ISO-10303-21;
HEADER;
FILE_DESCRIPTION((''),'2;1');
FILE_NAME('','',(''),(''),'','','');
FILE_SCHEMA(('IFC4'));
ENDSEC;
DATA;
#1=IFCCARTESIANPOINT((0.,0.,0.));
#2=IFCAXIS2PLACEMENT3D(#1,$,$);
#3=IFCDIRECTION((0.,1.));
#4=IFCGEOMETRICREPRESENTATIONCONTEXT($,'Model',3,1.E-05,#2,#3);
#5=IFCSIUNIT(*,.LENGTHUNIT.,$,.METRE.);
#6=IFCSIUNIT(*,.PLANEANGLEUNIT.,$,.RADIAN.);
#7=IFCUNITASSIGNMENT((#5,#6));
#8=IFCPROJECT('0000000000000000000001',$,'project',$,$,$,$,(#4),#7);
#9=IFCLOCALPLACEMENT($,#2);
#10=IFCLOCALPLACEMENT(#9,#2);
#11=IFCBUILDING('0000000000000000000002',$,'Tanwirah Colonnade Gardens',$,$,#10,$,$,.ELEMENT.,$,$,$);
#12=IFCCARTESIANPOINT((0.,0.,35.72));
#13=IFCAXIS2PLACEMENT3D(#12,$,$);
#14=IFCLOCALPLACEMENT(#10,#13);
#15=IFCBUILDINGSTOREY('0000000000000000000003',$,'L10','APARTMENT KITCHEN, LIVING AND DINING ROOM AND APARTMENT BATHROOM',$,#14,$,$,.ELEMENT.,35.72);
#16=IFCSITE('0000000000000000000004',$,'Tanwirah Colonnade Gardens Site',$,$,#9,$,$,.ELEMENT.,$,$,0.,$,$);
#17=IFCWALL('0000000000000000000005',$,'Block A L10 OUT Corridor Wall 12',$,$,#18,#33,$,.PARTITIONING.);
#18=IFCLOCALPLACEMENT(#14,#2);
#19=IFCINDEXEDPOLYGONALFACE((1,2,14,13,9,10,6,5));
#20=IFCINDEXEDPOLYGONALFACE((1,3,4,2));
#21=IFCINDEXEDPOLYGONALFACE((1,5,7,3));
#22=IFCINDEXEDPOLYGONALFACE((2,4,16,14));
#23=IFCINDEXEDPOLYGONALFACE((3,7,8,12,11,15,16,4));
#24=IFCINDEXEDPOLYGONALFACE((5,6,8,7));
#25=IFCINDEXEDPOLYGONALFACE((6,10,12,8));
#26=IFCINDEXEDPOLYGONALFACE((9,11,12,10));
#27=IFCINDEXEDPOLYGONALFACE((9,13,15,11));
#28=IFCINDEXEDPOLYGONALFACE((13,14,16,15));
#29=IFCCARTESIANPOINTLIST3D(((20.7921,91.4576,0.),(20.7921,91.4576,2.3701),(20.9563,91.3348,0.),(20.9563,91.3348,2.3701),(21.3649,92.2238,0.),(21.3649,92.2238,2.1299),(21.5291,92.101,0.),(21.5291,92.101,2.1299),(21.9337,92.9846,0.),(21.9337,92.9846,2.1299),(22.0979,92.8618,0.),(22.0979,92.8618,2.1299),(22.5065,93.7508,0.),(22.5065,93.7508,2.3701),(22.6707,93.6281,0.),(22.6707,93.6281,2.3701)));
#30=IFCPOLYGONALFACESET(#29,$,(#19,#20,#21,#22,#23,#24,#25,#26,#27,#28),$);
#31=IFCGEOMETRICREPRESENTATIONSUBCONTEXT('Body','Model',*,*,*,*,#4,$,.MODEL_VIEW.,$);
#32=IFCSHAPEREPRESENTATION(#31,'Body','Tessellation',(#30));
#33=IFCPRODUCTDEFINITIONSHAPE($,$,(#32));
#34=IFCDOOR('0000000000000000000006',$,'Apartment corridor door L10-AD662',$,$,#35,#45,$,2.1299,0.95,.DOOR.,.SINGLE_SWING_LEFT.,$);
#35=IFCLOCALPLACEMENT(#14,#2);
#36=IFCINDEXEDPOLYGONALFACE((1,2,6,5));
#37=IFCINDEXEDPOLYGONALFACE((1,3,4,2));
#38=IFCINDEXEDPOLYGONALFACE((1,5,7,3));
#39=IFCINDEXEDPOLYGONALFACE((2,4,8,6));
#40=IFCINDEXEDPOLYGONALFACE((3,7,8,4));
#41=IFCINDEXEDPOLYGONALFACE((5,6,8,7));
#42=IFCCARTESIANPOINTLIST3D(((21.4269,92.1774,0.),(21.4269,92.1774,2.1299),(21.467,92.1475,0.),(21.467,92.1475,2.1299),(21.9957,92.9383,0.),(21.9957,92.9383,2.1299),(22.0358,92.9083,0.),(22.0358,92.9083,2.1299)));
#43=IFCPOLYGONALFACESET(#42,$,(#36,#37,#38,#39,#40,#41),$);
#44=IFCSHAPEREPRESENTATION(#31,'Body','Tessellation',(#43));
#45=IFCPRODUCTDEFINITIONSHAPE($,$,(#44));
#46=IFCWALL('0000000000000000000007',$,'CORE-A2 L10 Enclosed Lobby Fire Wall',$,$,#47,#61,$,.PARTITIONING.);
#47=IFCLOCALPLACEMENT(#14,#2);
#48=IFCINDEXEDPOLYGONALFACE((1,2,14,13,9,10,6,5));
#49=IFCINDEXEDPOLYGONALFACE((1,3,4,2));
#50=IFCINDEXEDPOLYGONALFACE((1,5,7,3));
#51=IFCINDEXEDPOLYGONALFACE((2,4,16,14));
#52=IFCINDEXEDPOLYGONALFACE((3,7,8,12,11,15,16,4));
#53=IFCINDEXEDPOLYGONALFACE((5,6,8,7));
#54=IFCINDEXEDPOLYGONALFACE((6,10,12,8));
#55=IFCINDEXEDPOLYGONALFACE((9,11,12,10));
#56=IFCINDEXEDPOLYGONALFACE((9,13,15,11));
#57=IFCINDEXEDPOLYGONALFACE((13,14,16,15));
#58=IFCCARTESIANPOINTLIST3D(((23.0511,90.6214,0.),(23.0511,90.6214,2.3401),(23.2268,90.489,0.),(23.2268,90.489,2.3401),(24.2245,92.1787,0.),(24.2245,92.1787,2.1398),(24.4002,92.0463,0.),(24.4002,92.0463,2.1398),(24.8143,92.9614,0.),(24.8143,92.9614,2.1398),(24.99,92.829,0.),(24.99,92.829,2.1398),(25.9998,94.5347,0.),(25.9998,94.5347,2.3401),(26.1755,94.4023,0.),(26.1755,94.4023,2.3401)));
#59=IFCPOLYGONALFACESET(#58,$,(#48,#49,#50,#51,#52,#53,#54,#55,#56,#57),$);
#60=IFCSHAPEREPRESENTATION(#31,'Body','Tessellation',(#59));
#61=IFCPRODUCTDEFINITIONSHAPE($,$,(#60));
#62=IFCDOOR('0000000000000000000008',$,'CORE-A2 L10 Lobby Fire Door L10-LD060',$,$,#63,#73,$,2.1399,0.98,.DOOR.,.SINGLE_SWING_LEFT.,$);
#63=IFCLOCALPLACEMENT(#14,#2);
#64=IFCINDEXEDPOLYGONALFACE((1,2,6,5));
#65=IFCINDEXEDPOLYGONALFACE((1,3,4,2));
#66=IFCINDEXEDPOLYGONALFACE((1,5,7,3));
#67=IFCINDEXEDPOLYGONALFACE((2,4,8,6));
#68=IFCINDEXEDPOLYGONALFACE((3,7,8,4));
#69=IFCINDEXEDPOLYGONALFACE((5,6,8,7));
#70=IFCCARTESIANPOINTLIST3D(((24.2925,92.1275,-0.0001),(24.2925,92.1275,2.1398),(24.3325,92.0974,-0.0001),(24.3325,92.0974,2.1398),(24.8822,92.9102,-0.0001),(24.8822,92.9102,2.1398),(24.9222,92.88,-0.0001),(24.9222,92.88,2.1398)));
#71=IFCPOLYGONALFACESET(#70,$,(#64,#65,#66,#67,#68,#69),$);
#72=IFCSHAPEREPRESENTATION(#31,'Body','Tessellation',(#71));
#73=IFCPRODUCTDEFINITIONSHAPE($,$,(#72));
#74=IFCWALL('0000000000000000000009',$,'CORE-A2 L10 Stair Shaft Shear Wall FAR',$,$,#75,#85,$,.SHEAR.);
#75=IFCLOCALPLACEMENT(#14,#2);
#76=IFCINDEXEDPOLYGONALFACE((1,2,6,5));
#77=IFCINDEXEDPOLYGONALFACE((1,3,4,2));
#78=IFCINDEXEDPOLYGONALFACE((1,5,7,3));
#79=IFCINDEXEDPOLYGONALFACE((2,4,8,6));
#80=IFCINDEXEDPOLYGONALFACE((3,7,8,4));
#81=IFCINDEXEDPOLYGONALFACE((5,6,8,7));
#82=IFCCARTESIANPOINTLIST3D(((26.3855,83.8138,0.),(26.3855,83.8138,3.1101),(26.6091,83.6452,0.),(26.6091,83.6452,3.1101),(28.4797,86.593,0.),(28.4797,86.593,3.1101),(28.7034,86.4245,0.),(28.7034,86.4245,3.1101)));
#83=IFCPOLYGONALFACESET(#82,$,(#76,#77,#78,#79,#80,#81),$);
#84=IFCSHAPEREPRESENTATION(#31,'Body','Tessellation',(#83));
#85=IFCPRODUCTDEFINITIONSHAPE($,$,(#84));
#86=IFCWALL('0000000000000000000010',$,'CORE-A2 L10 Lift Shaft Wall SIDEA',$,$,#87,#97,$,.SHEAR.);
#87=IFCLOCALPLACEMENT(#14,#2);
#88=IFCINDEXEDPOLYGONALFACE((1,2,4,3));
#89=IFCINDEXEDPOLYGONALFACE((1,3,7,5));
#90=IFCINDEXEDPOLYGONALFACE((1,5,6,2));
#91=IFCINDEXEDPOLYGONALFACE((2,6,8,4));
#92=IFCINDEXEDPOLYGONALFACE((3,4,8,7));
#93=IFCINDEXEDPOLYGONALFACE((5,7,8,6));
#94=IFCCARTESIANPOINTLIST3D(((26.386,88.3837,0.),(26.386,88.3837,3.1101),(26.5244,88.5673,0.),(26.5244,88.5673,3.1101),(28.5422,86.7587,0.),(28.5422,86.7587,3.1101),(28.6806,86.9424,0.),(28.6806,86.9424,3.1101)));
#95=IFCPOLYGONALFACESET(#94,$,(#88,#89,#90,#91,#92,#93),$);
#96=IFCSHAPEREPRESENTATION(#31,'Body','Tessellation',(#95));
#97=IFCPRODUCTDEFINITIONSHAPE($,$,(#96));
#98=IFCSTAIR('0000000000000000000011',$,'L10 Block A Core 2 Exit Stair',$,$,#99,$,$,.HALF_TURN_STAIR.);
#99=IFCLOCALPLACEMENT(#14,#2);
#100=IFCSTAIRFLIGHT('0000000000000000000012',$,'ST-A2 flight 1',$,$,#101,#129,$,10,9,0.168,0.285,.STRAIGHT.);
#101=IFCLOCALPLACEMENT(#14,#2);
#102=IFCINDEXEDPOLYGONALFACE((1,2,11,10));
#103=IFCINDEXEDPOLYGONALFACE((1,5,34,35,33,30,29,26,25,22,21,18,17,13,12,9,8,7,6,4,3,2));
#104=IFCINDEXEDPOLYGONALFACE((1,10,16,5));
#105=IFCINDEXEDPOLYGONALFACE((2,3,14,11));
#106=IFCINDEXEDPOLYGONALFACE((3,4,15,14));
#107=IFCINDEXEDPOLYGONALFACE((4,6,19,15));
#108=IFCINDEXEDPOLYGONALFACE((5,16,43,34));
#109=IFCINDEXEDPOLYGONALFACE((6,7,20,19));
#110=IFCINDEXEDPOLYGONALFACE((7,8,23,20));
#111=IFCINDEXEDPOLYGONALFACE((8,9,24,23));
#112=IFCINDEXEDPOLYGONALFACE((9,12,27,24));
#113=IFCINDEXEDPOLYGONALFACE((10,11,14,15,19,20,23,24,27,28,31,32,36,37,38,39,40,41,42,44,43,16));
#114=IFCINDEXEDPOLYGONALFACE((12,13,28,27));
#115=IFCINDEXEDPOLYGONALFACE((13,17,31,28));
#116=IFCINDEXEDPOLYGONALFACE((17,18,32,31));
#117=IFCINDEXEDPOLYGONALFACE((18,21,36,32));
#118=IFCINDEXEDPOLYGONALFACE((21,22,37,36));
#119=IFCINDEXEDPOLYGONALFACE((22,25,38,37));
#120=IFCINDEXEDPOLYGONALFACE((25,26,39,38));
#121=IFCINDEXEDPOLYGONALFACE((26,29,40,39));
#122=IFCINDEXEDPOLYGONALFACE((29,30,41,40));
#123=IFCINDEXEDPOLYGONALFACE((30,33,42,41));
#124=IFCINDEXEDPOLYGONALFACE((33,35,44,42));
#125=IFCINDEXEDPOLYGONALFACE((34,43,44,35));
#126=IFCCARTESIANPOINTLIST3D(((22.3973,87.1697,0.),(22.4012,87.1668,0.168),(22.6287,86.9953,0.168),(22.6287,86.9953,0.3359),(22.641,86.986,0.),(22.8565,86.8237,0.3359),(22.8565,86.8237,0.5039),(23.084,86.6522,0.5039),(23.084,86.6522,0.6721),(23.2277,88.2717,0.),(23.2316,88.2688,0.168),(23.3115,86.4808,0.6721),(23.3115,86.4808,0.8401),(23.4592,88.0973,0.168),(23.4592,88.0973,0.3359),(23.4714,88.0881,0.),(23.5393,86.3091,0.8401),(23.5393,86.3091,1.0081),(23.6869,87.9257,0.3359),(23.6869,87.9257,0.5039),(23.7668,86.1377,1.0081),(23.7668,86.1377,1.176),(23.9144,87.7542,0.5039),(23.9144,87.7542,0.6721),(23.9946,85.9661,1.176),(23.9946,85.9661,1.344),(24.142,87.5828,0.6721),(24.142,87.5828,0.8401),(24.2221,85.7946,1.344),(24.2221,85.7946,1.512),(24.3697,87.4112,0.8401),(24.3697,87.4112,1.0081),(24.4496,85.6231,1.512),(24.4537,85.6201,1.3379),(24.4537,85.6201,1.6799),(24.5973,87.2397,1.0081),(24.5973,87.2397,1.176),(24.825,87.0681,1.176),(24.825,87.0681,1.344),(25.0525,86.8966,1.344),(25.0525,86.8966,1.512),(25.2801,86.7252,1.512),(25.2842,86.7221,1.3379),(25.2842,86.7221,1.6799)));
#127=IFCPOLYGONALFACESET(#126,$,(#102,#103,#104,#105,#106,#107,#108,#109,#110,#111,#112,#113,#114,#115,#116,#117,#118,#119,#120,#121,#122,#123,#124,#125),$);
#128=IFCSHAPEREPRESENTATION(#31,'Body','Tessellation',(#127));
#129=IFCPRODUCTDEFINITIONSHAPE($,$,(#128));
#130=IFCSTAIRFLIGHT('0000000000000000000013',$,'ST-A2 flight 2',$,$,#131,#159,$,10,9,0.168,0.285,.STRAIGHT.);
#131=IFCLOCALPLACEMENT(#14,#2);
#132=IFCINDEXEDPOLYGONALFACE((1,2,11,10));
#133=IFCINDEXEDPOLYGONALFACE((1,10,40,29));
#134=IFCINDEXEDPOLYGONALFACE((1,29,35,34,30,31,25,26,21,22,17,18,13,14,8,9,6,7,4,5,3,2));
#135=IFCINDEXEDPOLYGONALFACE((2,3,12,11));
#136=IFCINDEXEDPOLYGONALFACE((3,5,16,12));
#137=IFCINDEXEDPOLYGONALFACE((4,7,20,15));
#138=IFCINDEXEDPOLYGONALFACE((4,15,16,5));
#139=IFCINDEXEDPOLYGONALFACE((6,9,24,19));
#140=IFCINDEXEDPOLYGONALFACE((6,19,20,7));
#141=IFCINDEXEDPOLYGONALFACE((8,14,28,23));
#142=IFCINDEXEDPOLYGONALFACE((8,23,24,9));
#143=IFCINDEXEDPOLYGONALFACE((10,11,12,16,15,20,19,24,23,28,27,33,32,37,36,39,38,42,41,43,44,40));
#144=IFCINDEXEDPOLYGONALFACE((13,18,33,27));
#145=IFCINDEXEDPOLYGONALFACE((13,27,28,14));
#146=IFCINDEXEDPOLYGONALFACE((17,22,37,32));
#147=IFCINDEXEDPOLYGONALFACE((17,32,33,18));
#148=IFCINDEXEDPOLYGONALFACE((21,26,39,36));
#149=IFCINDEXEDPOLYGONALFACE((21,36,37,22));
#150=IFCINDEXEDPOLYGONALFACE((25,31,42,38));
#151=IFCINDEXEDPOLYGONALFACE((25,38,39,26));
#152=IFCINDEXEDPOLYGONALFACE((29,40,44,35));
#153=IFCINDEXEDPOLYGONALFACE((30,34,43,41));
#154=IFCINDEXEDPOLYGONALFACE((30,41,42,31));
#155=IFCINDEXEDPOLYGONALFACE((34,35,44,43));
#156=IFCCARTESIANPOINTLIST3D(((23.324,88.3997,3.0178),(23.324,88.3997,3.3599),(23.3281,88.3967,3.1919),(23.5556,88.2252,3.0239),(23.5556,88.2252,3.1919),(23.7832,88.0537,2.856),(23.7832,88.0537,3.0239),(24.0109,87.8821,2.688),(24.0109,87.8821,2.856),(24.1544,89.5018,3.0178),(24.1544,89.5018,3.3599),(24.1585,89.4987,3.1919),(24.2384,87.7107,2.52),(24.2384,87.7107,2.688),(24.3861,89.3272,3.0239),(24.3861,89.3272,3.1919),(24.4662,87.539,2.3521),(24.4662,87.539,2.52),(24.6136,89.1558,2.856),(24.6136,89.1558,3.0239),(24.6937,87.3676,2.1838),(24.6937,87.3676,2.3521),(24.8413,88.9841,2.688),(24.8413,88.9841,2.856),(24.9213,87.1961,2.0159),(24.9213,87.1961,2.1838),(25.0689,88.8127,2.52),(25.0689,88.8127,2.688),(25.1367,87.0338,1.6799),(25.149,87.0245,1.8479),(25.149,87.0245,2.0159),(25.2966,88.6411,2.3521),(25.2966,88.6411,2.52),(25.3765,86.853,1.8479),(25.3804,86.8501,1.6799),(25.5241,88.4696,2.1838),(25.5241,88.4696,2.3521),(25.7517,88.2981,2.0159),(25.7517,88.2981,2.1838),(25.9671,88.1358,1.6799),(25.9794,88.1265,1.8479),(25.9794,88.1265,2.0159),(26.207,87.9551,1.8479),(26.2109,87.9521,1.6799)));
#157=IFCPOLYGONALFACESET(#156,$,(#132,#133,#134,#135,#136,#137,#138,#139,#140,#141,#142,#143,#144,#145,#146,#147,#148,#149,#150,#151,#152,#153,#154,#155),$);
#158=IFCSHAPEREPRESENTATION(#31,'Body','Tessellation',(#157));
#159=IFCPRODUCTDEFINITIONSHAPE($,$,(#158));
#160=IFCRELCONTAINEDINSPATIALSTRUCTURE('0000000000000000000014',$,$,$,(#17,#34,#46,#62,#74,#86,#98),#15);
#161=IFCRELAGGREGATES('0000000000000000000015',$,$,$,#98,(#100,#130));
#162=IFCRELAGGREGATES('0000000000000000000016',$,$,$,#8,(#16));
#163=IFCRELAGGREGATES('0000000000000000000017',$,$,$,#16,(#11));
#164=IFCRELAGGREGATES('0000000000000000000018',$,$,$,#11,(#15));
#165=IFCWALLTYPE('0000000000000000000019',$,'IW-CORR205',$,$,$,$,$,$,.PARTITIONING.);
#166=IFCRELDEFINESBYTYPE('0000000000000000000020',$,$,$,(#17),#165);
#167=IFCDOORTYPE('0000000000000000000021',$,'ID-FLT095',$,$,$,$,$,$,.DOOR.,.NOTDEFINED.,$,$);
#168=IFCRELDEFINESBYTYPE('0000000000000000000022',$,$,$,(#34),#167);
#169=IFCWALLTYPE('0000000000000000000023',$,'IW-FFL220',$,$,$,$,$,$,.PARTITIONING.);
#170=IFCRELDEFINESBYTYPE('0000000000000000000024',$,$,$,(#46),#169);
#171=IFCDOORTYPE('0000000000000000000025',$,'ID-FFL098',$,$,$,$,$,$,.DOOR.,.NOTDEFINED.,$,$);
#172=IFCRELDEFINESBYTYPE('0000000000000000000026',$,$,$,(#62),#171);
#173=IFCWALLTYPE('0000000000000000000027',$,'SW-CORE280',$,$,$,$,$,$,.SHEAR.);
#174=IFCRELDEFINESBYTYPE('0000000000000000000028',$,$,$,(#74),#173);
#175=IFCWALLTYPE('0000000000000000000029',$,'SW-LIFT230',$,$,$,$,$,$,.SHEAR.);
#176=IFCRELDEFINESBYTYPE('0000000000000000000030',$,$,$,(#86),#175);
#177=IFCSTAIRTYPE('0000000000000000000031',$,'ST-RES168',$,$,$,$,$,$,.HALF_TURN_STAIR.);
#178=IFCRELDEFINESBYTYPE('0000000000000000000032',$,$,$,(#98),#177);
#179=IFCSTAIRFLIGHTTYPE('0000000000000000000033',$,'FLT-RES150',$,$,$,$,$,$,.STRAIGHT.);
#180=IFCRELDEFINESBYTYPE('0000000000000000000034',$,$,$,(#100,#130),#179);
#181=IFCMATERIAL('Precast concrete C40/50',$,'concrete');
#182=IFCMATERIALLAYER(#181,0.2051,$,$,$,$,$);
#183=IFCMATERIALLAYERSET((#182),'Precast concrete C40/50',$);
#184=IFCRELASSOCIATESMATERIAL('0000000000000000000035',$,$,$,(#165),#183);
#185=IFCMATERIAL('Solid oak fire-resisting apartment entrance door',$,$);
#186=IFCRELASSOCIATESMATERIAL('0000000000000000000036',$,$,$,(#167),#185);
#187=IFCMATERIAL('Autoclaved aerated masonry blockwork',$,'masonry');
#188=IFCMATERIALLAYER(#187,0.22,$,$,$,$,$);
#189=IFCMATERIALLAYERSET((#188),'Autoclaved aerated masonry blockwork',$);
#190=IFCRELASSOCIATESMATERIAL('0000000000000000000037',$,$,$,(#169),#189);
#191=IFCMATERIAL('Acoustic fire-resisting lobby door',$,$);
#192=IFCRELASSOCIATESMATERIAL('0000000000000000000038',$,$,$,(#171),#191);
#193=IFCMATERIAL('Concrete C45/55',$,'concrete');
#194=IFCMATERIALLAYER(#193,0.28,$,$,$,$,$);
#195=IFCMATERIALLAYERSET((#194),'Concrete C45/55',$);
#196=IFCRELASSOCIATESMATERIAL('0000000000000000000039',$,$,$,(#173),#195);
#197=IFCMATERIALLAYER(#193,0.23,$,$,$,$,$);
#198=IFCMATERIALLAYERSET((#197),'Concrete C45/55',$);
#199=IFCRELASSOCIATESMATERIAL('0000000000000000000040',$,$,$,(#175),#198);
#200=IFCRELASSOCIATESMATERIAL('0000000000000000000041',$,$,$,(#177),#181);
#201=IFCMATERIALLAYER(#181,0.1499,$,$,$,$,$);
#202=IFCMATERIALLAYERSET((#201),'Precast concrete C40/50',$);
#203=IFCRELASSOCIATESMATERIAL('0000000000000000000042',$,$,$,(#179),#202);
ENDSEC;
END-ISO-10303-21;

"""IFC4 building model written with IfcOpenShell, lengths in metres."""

from ifc_helpers import new_model, si_unit, direction, frame, frame_2d, origin, place, context, subcontext, project, spatial, polyline, rectangle, outline, extrude, material, layer, layer_set, type_object, element, fill, aggregate, save


model = new_model("IFC4")

# Units and contexts
model_context = context("Model", 3, precision=1e-05, world=origin(), true_north=direction((0.0, 1.0)))
body_context = subcontext(model_context, "Body", "Model", "MODEL_VIEW")
ifc_project = project(units=[si_unit("LENGTHUNIT", "METRE"), si_unit("PLANEANGLEUNIT", "RADIAN")], contexts=[model_context])

# Site, building, storey
site_placement = place(None, origin())
site = spatial("IfcSite", under=ifc_project, at=site_placement, Name="Tanwirah Colonnade Gardens Site", CompositionType="ELEMENT", RefElevation=0.0)
building_placement = place(site_placement, origin())
building = spatial("IfcBuilding", under=site, at=building_placement, Name="Tanwirah Colonnade Gardens", CompositionType="ELEMENT")
storey_placement = place(building_placement, frame((0.0, 0.0, 35.72)))
storey = spatial("IfcBuildingStorey", under=building, at=storey_placement, Name="L10", Description="APARTMENT KITCHEN, LIVING AND DINING ROOM AND APARTMENT BATHROOM", CompositionType="ELEMENT", Elevation=35.72)

# Shared definitions
ifc_material_1 = material(Name="Precast concrete C40/50", Category="concrete")

# Walls, openings, doors
ifc_layer_1 = layer(ifc_material_1, 0.2051)
ifc_layer_set_1 = layer_set([ifc_layer_1], Name="Precast concrete C40/50")
wall_type_1 = type_object("IfcWallType", Name="IW-CORR205", PredefinedType="PARTITIONING", material=ifc_layer_set_1)
wall_1_placement = place(storey_placement, frame((22.5886, 93.6895, 0.0), z_axis=(0.0, 0.0, 1.0), x_axis=(-0.598758, -0.80093, 0.0)))
wall_1 = element("IfcWall", 1, at=wall_1_placement, inside=storey, type_object=wall_type_1, Name="Block A L10 OUT Corridor Wall 12", PredefinedType="PARTITIONING", context=body_context, shape_type="SweptSolid", body=[
    extrude(rectangle(XDim=2.8633, YDim=0.2051, at=frame_2d((1.4316, 0.0))), origin(), (0.0, 0.0, 1.0), 2.3701),
])
opening_1_placement = place(wall_1_placement, frame((0.9565, 0.0, 0.0)))
opening_1 = element("IfcOpeningElement", 2, at=opening_1_placement, cuts=wall_1, PredefinedType="OPENING", context=body_context, shape_type="SweptSolid", body=[
    extrude(rectangle(XDim=0.95, YDim=2.1299, at=frame_2d((0.4751, 1.0649))), frame((0.0, 0.1125, 0.0), z_axis=(0.0, -1.0, 0.0), x_axis=(1.0, 0.0, 0.0)), (0.0, 0.0, 1.0), 0.2251),
])
ifc_material_2 = material(Name="Solid oak fire-resisting apartment entrance door")
door_type_1 = type_object("IfcDoorType", Name="ID-FLT095", OperationType="NOTDEFINED", PredefinedType="DOOR", material=ifc_material_2)
door_1_placement = place(opening_1_placement, origin())
door_1 = element("IfcDoor", 3, at=door_1_placement, inside=storey, type_object=door_type_1, Name="Apartment corridor door L10-AD662", OperationType="SINGLE_SWING_LEFT", OverallHeight=2.1299, OverallWidth=0.95, PredefinedType="DOOR", context=body_context, shape_type="SweptSolid", body=[
    extrude(rectangle(XDim=0.95, YDim=2.1299, at=frame_2d((0.4751, 1.0649))), frame((0.0, 0.0249, 0.0), z_axis=(0.0, -1.0, 0.0), x_axis=(1.0, 0.0, 0.0)), (0.0, 0.0, 1.0), 0.05),
])
fill(opening_1, door_1)
ifc_material_3 = material(Name="Autoclaved aerated masonry blockwork", Category="masonry")
ifc_layer_2 = layer(ifc_material_3, 0.22)
ifc_layer_set_2 = layer_set([ifc_layer_2], Name="Autoclaved aerated masonry blockwork")
wall_type_2 = type_object("IfcWallType", Name="IW-FFL220", PredefinedType="PARTITIONING", material=ifc_layer_set_2)
wall_2_placement = place(storey_placement, frame((23.1389, 90.5552, 0.0), z_axis=(0.0, 0.0, 1.0), x_axis=(0.601792, 0.798653, 0.0)))
wall_2 = element("IfcWall", 4, at=wall_2_placement, inside=storey, type_object=wall_type_2, Name="CORE-A2 L10 Enclosed Lobby Fire Wall", PredefinedType="PARTITIONING", context=body_context, shape_type="SweptSolid", body=[
    extrude(rectangle(XDim=4.8999, YDim=0.22, at=frame_2d((2.45, 0.0))), origin(), (0.0, 0.0, 1.0), 2.3401),
])
opening_2_placement = place(wall_2_placement, frame((1.95, 0.0, 0.0)))
opening_2 = element("IfcOpeningElement", 5, at=opening_2_placement, cuts=wall_2, PredefinedType="OPENING", context=body_context, shape_type="SweptSolid", body=[
    extrude(rectangle(XDim=0.98, YDim=2.1399, at=frame_2d((0.49, 1.0698))), frame((0.0, 0.1199, 0.0), z_axis=(0.0, -1.0, 0.0), x_axis=(1.0, 0.0, 0.0)), (0.0, 0.0, 1.0), 0.24),
])
ifc_material_4 = material(Name="Acoustic fire-resisting lobby door")
door_type_2 = type_object("IfcDoorType", Name="ID-FFL098", OperationType="NOTDEFINED", PredefinedType="DOOR", material=ifc_material_4)
door_2_placement = place(opening_2_placement, origin())
door_2 = element("IfcDoor", 6, at=door_2_placement, inside=storey, type_object=door_type_2, Name="CORE-A2 L10 Lobby Fire Door L10-LD060", OperationType="SINGLE_SWING_LEFT", OverallHeight=2.1399, OverallWidth=0.98, PredefinedType="DOOR", context=body_context, shape_type="SweptSolid", body=[
    extrude(rectangle(XDim=0.98, YDim=2.1399, at=frame_2d((0.49, 1.0698))), frame((0.0, 0.0249, 0.0), z_axis=(0.0, -1.0, 0.0), x_axis=(1.0, 0.0, 0.0)), (0.0, 0.0, 1.0), 0.05),
])
fill(opening_2, door_2)

# Wall
ifc_material_5 = material(Name="Concrete C45/55", Category="concrete")
ifc_layer_3 = layer(ifc_material_5, 0.28)
ifc_layer_set_3 = layer_set([ifc_layer_3], Name="Concrete C45/55")
wall_type_3 = type_object("IfcWallType", Name="SW-CORE280", PredefinedType="SHEAR", material=ifc_layer_set_3)
wall_3_placement = place(storey_placement, frame((26.4973, 83.7295, 0.0), z_axis=(0.0, 0.0, 1.0), x_axis=(0.601794, 0.798651, 0.0)))
element("IfcWall", 7, at=wall_3_placement, inside=storey, type_object=wall_type_3, Name="CORE-A2 L10 Stair Shaft Shear Wall FAR", PredefinedType="SHEAR", context=body_context, shape_type="SweptSolid", body=[
    extrude(rectangle(XDim=3.48, YDim=0.28, at=frame_2d((1.74, 0.0))), origin(), (0.0, 0.0, 1.0), 3.1101),
])

# Shared definitions
ifc_layer_4 = layer(ifc_material_5, 0.23)
ifc_layer_set_4 = layer_set([ifc_layer_4], Name="Concrete C45/55")
wall_type_4 = type_object("IfcWallType", Name="SW-LIFT230", PredefinedType="SHEAR", material=ifc_layer_set_4)

# Wall
wall_4_placement = place(storey_placement, frame((26.4551, 88.4756, 0.0), z_axis=(0.0, 0.0, 1.0), x_axis=(0.798609, -0.60185, 0.0)))
element("IfcWall", 8, at=wall_4_placement, inside=storey, type_object=wall_type_4, Name="CORE-A2 L10 Lift Shaft Wall SIDEA", PredefinedType="SHEAR", context=body_context, shape_type="SweptSolid", body=[
    extrude(rectangle(XDim=2.7, YDim=0.23, at=frame_2d((1.3501, 0.0))), origin(), (0.0, 0.0, 1.0), 3.1101),
])

# Stair, stair flights
stair_type = type_object("IfcStairType", Name="ST-RES168", PredefinedType="HALF_TURN_STAIR", material=ifc_material_1)
stair_placement = place(storey_placement, origin())
stair = element("IfcStair", 9, at=stair_placement, inside=storey, type_object=stair_type, Name="L10 Block A Core 2 Exit Stair", PredefinedType="HALF_TURN_STAIR")
ifc_layer_5 = layer(ifc_material_1, 0.1499)
ifc_layer_set_5 = layer_set([ifc_layer_5], Name="Precast concrete C40/50")
stair_flight_type = type_object("IfcStairFlightType", Name="FLT-RES150", PredefinedType="STRAIGHT", material=ifc_layer_set_5)
stair_flight_1_placement = place(storey_placement, frame((22.8164, 87.7178, 0.0), z_axis=(0.0, 0.0, 1.0), x_axis=(0.798636, -0.601815, 0.0)))
stair_flight_1 = element("IfcStairFlight", 10, at=stair_flight_1_placement, type_object=stair_flight_type, Name="ST-A2 flight 1", NumberOfRisers=10, NumberOfTreads=9, PredefinedType="STRAIGHT", RiserHeight=0.168, TreadLength=0.285, context=body_context, shape_type="SweptSolid", body=[
    extrude(outline(polyline([(-0.0049, 0.0), (0.0, 0.168), (0.2849, 0.168), (0.2849, 0.3359), (0.5701, 0.3359), (0.5701, 0.5039), (0.855, 0.5039), (0.855, 0.6721), (1.1399, 0.6721), (1.1399, 0.8401), (1.425, 0.8401), (1.425, 1.0081), (1.71, 1.0081), (1.71, 1.176), (1.9951, 1.176), (1.9951, 1.344), (2.28, 1.344), (2.28, 1.512), (2.5649, 1.512), (2.5701, 1.6799), (2.5701, 1.3379), (0.3003, 0.0), (-0.0049, 0.0)])), frame((0.0, 0.6899, 0.0), z_axis=(0.0, -1.0, 0.0), x_axis=(1.0, 0.0, 0.0)), (0.0, 0.0, 1.0), 1.3799),
])
stair_flight_2_placement = place(storey_placement, frame((25.7917, 87.4041, 1.6799), z_axis=(0.0, 0.0, 1.0), x_axis=(-0.798636, 0.601815, 0.0)))
stair_flight_2 = element("IfcStairFlight", 11, at=stair_flight_2_placement, type_object=stair_flight_type, Name="ST-A2 flight 2", NumberOfRisers=10, NumberOfTreads=9, PredefinedType="STRAIGHT", RiserHeight=0.168, TreadLength=0.285, context=body_context, shape_type="SweptSolid", body=[
    extrude(outline(polyline([(-0.0049, 0.0), (0.0, 0.168), (0.2849, 0.168), (0.2849, 0.3359), (0.5701, 0.3359), (0.5701, 0.5039), (0.855, 0.5039), (0.855, 0.6721), (1.1399, 0.6721), (1.1399, 0.8401), (1.425, 0.8401), (1.425, 1.0081), (1.71, 1.0081), (1.71, 1.176), (1.9951, 1.176), (1.9951, 1.344), (2.28, 1.344), (2.28, 1.512), (2.5649, 1.512), (2.5701, 1.6799), (2.5701, 1.3379), (0.3003, 0.0), (-0.0049, 0.0)])), frame((0.0, 0.6899, 0.0), z_axis=(0.0, -1.0, 0.0), x_axis=(1.0, 0.0, 0.0)), (0.0, 0.0, 1.0), 1.3799),
])
aggregate(stair, [stair_flight_1, stair_flight_2])

save(model, "model.ifc")
